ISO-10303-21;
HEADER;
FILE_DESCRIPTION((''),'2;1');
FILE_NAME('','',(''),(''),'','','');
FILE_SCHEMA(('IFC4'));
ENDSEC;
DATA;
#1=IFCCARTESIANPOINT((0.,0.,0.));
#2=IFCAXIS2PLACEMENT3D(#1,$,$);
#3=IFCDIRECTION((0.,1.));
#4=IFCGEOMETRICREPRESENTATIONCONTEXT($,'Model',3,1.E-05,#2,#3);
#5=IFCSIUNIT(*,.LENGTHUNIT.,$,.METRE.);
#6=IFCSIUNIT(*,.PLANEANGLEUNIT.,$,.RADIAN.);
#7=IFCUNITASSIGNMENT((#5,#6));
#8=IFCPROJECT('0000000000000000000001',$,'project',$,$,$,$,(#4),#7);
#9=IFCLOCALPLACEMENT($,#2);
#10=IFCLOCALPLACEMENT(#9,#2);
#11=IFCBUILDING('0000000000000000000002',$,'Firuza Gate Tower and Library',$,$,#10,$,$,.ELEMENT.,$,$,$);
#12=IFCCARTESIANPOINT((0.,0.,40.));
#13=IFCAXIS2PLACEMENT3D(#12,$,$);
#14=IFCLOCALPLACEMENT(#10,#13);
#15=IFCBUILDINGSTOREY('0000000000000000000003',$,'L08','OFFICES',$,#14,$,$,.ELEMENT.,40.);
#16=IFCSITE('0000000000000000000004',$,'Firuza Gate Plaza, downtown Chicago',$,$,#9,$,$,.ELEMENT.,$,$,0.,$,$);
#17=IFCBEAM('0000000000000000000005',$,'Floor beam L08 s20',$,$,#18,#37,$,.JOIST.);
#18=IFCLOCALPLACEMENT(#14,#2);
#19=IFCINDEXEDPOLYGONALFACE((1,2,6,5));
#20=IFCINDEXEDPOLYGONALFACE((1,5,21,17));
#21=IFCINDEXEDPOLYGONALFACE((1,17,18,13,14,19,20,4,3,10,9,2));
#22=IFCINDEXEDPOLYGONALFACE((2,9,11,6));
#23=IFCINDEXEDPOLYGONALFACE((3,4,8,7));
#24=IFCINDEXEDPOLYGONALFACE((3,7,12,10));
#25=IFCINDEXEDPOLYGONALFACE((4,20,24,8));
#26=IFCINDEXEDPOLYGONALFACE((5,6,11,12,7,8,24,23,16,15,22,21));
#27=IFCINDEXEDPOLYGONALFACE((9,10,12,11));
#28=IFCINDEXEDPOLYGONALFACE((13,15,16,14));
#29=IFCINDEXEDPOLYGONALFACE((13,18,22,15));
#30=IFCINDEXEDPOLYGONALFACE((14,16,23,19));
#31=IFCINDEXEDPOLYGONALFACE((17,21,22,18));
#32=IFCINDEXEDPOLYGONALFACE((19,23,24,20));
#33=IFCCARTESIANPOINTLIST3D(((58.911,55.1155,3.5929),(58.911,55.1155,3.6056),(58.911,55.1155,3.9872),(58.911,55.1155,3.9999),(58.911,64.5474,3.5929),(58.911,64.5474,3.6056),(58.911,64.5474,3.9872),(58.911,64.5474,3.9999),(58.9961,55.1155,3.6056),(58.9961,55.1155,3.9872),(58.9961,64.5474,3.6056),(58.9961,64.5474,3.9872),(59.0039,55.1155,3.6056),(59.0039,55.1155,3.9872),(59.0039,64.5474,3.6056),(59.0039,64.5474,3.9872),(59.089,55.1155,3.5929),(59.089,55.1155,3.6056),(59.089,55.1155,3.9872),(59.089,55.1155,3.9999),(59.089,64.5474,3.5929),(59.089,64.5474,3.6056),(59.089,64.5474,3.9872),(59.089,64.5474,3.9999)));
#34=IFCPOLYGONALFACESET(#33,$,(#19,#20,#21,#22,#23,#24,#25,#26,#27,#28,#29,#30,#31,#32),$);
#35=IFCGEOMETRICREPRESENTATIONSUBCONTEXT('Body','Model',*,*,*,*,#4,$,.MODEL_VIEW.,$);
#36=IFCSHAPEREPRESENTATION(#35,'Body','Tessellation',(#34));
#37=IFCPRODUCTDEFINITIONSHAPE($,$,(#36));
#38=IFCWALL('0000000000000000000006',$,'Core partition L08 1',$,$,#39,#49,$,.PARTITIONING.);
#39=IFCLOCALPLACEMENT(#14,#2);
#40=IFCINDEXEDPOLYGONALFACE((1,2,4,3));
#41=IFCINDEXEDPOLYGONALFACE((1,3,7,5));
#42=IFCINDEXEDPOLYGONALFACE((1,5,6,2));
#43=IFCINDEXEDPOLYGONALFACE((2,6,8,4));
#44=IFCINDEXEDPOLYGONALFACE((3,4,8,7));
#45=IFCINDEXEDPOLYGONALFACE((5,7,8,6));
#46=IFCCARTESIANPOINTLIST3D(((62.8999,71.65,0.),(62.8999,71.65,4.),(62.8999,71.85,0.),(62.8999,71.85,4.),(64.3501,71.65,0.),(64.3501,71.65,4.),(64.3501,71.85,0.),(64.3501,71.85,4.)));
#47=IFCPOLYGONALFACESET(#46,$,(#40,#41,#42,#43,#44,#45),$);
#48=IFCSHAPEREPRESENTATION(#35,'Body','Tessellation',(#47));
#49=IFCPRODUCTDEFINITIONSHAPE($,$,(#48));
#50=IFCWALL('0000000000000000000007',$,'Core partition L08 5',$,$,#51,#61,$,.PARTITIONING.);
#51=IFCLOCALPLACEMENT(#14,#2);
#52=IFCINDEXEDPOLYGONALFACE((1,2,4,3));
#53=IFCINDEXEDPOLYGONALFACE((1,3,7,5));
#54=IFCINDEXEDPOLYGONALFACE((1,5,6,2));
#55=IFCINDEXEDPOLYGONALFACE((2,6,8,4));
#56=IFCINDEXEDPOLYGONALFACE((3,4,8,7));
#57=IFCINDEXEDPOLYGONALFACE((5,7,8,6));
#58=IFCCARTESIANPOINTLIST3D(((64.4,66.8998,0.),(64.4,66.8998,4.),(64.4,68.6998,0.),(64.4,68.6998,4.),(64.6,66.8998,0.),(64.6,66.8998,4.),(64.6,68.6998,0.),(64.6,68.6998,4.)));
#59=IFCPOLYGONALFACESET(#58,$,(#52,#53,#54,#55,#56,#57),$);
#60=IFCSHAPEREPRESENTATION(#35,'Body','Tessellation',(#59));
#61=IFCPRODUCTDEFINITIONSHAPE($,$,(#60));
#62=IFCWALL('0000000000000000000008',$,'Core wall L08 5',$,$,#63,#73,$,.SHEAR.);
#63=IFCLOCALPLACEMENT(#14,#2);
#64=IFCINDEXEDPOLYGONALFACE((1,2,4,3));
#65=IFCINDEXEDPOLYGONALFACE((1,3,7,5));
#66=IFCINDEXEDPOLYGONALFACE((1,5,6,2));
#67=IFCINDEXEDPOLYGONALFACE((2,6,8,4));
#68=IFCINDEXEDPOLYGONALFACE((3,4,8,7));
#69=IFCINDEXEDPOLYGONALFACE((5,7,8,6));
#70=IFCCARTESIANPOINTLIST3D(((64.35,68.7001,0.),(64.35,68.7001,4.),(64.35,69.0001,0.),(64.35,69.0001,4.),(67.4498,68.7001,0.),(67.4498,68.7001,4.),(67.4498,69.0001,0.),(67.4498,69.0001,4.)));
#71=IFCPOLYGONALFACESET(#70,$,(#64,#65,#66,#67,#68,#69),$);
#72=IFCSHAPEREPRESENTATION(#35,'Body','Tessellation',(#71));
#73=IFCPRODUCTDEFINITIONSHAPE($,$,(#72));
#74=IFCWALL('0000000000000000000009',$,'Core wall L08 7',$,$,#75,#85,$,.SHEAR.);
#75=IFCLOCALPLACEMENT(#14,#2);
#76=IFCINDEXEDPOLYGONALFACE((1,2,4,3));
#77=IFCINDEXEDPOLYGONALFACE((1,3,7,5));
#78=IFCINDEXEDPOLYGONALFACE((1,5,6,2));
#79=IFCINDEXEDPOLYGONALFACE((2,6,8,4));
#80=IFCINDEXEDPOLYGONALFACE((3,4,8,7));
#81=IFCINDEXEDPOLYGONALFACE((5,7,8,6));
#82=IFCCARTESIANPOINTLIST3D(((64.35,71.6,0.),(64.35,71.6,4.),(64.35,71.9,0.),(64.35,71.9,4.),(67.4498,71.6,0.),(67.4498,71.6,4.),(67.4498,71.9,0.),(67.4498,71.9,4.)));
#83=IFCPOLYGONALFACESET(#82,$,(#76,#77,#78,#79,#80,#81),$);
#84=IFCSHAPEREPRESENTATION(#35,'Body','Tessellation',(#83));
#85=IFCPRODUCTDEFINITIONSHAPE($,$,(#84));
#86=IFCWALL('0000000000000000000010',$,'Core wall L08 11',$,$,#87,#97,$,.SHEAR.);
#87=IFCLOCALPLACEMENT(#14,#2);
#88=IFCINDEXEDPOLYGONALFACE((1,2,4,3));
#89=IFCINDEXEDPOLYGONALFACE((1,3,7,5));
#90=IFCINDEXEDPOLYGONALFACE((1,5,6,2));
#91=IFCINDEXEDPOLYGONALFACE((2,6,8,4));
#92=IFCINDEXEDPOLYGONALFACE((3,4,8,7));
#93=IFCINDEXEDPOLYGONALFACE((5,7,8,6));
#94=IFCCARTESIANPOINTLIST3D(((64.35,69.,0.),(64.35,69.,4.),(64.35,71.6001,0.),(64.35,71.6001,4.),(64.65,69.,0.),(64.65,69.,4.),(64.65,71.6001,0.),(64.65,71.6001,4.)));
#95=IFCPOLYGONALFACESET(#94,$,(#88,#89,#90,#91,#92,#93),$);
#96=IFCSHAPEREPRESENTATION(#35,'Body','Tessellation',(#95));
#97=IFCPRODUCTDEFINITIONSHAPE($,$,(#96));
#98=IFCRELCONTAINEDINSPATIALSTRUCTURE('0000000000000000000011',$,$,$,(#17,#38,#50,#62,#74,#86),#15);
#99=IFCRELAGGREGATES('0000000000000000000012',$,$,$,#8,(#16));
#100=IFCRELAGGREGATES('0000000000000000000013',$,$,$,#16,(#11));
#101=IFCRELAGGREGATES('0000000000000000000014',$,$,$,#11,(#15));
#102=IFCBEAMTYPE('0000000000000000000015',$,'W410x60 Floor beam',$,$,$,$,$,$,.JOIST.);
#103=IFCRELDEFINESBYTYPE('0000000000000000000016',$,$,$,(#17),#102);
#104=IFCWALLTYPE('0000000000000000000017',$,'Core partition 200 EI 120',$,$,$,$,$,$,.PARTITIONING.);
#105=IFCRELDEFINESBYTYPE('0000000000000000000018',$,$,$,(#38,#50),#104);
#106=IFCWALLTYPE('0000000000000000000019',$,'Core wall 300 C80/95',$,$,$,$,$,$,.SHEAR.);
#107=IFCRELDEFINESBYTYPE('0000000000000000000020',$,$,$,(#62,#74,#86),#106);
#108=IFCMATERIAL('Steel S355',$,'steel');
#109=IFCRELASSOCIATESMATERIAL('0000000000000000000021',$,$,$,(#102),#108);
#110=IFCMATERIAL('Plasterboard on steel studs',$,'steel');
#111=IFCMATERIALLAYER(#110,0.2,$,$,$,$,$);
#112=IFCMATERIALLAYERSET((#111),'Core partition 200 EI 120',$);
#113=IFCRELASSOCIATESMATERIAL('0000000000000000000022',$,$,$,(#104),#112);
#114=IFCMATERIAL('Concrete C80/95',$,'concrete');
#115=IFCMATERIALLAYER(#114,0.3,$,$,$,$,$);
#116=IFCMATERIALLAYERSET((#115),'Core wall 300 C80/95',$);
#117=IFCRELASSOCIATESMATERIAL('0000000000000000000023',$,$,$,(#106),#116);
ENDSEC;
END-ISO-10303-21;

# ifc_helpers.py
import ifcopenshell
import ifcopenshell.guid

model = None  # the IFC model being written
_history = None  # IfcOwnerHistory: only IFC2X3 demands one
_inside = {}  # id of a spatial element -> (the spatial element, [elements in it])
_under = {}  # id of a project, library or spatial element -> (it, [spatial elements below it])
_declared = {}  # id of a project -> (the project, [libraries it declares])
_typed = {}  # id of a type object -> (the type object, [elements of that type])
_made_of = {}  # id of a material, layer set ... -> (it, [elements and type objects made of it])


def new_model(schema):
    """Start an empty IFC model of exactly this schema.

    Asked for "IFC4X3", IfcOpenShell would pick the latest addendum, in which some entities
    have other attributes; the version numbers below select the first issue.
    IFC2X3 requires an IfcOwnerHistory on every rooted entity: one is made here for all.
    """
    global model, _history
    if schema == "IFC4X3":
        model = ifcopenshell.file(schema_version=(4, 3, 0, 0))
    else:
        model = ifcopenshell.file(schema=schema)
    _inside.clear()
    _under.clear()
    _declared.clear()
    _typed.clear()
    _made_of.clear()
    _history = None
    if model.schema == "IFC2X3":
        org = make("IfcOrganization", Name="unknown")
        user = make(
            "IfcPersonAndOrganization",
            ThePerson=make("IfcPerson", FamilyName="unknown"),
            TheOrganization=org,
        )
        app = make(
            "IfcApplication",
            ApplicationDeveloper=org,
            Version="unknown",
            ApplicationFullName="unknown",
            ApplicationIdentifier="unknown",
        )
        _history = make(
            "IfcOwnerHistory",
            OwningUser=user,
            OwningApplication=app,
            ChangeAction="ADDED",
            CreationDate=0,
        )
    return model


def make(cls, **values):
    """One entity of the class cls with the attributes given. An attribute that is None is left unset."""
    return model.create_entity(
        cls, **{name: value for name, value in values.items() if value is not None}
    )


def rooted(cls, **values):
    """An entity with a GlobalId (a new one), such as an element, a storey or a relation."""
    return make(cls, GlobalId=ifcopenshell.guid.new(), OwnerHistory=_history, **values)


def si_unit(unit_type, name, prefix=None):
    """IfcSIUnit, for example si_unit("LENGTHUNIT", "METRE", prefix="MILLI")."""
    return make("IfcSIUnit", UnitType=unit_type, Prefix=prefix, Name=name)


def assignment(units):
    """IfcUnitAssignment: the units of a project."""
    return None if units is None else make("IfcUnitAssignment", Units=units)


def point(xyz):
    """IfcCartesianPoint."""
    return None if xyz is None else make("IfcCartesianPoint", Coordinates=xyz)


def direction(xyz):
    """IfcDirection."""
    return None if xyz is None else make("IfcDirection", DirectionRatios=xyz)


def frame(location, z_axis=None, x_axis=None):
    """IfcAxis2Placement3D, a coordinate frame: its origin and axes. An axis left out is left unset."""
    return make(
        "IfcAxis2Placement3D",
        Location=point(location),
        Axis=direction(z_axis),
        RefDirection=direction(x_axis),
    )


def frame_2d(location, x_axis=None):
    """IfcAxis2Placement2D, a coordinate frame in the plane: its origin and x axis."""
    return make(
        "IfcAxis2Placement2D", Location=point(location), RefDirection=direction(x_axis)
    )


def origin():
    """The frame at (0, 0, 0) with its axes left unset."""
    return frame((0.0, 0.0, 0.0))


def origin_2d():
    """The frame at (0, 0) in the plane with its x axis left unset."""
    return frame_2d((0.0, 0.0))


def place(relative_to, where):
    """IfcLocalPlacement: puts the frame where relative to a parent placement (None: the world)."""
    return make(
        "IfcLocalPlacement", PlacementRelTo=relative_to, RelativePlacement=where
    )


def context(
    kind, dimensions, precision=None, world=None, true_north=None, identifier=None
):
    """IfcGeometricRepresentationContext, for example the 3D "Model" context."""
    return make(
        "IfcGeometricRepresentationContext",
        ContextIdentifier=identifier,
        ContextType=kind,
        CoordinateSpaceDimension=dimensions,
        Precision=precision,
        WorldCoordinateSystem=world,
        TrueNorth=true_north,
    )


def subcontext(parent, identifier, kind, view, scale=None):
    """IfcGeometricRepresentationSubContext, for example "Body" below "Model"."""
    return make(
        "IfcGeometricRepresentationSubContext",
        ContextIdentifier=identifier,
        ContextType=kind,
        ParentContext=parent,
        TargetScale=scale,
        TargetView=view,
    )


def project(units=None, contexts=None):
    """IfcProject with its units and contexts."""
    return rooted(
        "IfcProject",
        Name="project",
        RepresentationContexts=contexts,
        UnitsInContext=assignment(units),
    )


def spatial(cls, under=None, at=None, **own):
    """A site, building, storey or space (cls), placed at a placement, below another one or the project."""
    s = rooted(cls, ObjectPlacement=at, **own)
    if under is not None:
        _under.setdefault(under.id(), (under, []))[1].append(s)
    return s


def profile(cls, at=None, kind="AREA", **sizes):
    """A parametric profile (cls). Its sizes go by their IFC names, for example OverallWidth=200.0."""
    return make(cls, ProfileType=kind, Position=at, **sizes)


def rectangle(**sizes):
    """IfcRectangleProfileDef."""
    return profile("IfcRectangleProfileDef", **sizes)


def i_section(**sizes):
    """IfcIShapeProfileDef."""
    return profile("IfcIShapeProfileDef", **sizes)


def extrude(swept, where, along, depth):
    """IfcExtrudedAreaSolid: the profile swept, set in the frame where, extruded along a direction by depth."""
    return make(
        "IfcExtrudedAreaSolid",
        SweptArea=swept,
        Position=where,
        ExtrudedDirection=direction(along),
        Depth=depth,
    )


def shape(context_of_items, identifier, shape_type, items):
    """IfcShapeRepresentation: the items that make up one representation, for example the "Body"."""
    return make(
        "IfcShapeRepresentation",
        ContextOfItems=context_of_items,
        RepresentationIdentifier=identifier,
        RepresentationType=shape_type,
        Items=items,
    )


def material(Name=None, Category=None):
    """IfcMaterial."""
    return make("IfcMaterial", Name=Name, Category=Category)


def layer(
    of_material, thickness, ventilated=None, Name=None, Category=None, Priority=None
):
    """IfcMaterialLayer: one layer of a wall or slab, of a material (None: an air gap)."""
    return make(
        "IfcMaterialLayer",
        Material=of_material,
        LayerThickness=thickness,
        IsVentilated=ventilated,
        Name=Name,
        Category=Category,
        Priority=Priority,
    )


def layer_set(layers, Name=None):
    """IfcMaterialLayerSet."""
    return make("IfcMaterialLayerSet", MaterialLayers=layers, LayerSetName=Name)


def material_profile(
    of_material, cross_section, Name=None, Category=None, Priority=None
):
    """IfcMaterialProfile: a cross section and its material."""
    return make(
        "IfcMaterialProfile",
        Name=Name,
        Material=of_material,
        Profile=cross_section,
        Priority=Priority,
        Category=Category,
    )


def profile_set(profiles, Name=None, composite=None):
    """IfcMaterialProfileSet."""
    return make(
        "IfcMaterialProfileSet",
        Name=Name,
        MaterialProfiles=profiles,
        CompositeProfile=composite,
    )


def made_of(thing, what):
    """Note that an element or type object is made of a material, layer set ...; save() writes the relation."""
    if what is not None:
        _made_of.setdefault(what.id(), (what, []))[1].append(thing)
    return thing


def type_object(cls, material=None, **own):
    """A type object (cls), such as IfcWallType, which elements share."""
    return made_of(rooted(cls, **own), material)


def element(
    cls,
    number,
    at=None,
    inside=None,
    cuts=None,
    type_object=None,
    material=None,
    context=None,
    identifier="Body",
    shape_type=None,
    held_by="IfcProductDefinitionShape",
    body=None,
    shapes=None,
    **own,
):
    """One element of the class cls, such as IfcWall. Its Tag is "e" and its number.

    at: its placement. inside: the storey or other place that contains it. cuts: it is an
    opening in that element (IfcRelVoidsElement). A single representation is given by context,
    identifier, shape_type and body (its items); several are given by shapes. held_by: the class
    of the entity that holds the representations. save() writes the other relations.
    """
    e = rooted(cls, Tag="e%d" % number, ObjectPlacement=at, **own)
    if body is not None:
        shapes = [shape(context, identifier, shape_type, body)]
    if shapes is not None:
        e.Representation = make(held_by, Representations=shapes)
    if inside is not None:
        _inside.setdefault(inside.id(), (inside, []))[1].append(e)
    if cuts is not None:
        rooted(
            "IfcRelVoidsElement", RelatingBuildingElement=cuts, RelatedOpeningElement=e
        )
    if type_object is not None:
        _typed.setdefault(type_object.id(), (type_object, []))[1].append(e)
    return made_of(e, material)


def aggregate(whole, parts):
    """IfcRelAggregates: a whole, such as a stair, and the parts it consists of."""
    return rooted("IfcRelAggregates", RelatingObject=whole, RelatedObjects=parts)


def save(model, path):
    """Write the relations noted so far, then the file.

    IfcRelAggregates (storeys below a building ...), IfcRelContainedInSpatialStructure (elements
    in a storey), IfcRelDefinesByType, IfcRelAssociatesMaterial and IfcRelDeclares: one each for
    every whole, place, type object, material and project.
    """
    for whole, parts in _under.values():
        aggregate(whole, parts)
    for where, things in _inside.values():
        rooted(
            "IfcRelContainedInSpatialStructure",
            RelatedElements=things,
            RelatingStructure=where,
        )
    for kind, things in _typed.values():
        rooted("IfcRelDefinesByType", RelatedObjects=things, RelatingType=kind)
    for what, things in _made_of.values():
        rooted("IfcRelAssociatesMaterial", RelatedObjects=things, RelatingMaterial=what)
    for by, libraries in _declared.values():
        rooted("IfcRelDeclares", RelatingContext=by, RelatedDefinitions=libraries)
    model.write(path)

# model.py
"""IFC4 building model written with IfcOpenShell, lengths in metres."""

from ifc_helpers import new_model, si_unit, direction, frame, frame_2d, origin, origin_2d, place, context, subcontext, project, spatial, rectangle, i_section, extrude, material, layer, layer_set, material_profile, profile_set, type_object, element, save


model = new_model("IFC4")

# Units and contexts
model_context = context("Model", 3, precision=1e-05, world=origin(), true_north=direction((0.0, 1.0)))
body_context = subcontext(model_context, "Body", "Model", "MODEL_VIEW")
ifc_project = project(units=[si_unit("LENGTHUNIT", "METRE"), si_unit("PLANEANGLEUNIT", "RADIAN")], contexts=[model_context])

# Site, building, storey
site_placement = place(None, origin())
site = spatial("IfcSite", under=ifc_project, at=site_placement, Name="Firuza Gate Plaza, downtown Chicago", CompositionType="ELEMENT", RefElevation=0.0)
building_placement = place(site_placement, origin())
building = spatial("IfcBuilding", under=site, at=building_placement, Name="Firuza Gate Tower and Library", CompositionType="ELEMENT")
storey_placement = place(building_placement, frame((0.0, 0.0, 40.0)))
storey = spatial("IfcBuildingStorey", under=building, at=storey_placement, Name="L08", Description="OFFICES", CompositionType="ELEMENT", Elevation=40.0)

# Beam
ifc_material_1 = material(Name="Steel S355", Category="steel")
ifc_material_profile = material_profile(ifc_material_1, i_section(OverallWidth=0.178, OverallDepth=0.407, WebThickness=0.0078, FlangeThickness=0.0127, at=origin_2d()))
ifc_profile_set = profile_set([ifc_material_profile], Name="Steel S355")
beam_type = type_object("IfcBeamType", Name="W410x60 Floor beam", PredefinedType="JOIST", material=ifc_profile_set)
beam_placement = place(storey_placement, frame((59.0, 55.1155, 3.7964), z_axis=(0.0, 1.0, 0.0), x_axis=(-1.0, 0.0, 0.0)))
element("IfcBeam", 1, at=beam_placement, inside=storey, type_object=beam_type, Name="Floor beam L08 s20", PredefinedType="JOIST", context=body_context, shape_type="SweptSolid", body=[
    extrude(i_section(OverallWidth=0.178, OverallDepth=0.407, WebThickness=0.0078, FlangeThickness=0.0127, at=origin_2d()), origin(), (0.0, 0.0, 1.0), 9.4319),
])

# Walls
ifc_material_2 = material(Name="Plasterboard on steel studs", Category="steel")
ifc_layer_1 = layer(ifc_material_2, 0.2)
ifc_layer_set_1 = layer_set([ifc_layer_1], Name="Core partition 200 EI 120")
wall_type_1 = type_object("IfcWallType", Name="Core partition 200 EI 120", PredefinedType="PARTITIONING", material=ifc_layer_set_1)
wall_1_placement = place(storey_placement, frame((62.8999, 71.75, 0.0), z_axis=(0.0, 0.0, 1.0), x_axis=(1.0, 0.0, 0.0)))
element("IfcWall", 2, at=wall_1_placement, inside=storey, type_object=wall_type_1, Name="Core partition L08 1", PredefinedType="PARTITIONING", context=body_context, shape_type="SweptSolid", body=[
    extrude(rectangle(XDim=1.4502, YDim=0.2, at=frame_2d((0.7251, 0.0))), origin(), (0.0, 0.0, 1.0), 4.0),
])
wall_2_placement = place(storey_placement, frame((64.5, 66.8999, 0.0), z_axis=(0.0, 0.0, 1.0), x_axis=(0.0, 1.0, 0.0)))
element("IfcWall", 3, at=wall_2_placement, inside=storey, type_object=wall_type_1, Name="Core partition L08 5", PredefinedType="PARTITIONING", context=body_context, shape_type="SweptSolid", body=[
    extrude(rectangle(XDim=1.8, YDim=0.2, at=frame_2d((0.8999, 0.0))), origin(), (0.0, 0.0, 1.0), 4.0),
])
ifc_material_3 = material(Name="Concrete C80/95", Category="concrete")
ifc_layer_2 = layer(ifc_material_3, 0.3)
ifc_layer_set_2 = layer_set([ifc_layer_2], Name="Core wall 300 C80/95")
wall_type_2 = type_object("IfcWallType", Name="Core wall 300 C80/95", PredefinedType="SHEAR", material=ifc_layer_set_2)
for number, where, z_axis, x_axis, name in (
    (4, (64.3501, 68.8501, 0.0), (0.0, 0.0, 1.0), (1.0, 0.0, 0.0), "Core wall L08 5"),
    (5, (64.3501, 71.75, 0.0), (0.0, 0.0, 1.0), (1.0, 0.0, 0.0), "Core wall L08 7"),
):
    element("IfcWall", number, at=place(storey_placement, frame(where, z_axis=z_axis, x_axis=x_axis)), inside=storey, type_object=wall_type_2, Name=name, PredefinedType="SHEAR", context=body_context, shape_type="SweptSolid", body=[
        extrude(rectangle(XDim=3.0999, YDim=0.3, at=frame_2d((1.5498, 0.0))), origin(), (0.0, 0.0, 1.0), 4.0),
    ])
wall_3_placement = place(storey_placement, frame((64.5, 69.0, 0.0), z_axis=(0.0, 0.0, 1.0), x_axis=(0.0, 1.0, 0.0)))
element("IfcWall", 6, at=wall_3_placement, inside=storey, type_object=wall_type_2, Name="Core wall L08 11", PredefinedType="SHEAR", context=body_context, shape_type="SweptSolid", body=[
    extrude(rectangle(XDim=2.6001, YDim=0.3, at=frame_2d((1.3, 0.0))), origin(), (0.0, 0.0, 1.0), 4.0),
])

save(model, "model.ifc")
